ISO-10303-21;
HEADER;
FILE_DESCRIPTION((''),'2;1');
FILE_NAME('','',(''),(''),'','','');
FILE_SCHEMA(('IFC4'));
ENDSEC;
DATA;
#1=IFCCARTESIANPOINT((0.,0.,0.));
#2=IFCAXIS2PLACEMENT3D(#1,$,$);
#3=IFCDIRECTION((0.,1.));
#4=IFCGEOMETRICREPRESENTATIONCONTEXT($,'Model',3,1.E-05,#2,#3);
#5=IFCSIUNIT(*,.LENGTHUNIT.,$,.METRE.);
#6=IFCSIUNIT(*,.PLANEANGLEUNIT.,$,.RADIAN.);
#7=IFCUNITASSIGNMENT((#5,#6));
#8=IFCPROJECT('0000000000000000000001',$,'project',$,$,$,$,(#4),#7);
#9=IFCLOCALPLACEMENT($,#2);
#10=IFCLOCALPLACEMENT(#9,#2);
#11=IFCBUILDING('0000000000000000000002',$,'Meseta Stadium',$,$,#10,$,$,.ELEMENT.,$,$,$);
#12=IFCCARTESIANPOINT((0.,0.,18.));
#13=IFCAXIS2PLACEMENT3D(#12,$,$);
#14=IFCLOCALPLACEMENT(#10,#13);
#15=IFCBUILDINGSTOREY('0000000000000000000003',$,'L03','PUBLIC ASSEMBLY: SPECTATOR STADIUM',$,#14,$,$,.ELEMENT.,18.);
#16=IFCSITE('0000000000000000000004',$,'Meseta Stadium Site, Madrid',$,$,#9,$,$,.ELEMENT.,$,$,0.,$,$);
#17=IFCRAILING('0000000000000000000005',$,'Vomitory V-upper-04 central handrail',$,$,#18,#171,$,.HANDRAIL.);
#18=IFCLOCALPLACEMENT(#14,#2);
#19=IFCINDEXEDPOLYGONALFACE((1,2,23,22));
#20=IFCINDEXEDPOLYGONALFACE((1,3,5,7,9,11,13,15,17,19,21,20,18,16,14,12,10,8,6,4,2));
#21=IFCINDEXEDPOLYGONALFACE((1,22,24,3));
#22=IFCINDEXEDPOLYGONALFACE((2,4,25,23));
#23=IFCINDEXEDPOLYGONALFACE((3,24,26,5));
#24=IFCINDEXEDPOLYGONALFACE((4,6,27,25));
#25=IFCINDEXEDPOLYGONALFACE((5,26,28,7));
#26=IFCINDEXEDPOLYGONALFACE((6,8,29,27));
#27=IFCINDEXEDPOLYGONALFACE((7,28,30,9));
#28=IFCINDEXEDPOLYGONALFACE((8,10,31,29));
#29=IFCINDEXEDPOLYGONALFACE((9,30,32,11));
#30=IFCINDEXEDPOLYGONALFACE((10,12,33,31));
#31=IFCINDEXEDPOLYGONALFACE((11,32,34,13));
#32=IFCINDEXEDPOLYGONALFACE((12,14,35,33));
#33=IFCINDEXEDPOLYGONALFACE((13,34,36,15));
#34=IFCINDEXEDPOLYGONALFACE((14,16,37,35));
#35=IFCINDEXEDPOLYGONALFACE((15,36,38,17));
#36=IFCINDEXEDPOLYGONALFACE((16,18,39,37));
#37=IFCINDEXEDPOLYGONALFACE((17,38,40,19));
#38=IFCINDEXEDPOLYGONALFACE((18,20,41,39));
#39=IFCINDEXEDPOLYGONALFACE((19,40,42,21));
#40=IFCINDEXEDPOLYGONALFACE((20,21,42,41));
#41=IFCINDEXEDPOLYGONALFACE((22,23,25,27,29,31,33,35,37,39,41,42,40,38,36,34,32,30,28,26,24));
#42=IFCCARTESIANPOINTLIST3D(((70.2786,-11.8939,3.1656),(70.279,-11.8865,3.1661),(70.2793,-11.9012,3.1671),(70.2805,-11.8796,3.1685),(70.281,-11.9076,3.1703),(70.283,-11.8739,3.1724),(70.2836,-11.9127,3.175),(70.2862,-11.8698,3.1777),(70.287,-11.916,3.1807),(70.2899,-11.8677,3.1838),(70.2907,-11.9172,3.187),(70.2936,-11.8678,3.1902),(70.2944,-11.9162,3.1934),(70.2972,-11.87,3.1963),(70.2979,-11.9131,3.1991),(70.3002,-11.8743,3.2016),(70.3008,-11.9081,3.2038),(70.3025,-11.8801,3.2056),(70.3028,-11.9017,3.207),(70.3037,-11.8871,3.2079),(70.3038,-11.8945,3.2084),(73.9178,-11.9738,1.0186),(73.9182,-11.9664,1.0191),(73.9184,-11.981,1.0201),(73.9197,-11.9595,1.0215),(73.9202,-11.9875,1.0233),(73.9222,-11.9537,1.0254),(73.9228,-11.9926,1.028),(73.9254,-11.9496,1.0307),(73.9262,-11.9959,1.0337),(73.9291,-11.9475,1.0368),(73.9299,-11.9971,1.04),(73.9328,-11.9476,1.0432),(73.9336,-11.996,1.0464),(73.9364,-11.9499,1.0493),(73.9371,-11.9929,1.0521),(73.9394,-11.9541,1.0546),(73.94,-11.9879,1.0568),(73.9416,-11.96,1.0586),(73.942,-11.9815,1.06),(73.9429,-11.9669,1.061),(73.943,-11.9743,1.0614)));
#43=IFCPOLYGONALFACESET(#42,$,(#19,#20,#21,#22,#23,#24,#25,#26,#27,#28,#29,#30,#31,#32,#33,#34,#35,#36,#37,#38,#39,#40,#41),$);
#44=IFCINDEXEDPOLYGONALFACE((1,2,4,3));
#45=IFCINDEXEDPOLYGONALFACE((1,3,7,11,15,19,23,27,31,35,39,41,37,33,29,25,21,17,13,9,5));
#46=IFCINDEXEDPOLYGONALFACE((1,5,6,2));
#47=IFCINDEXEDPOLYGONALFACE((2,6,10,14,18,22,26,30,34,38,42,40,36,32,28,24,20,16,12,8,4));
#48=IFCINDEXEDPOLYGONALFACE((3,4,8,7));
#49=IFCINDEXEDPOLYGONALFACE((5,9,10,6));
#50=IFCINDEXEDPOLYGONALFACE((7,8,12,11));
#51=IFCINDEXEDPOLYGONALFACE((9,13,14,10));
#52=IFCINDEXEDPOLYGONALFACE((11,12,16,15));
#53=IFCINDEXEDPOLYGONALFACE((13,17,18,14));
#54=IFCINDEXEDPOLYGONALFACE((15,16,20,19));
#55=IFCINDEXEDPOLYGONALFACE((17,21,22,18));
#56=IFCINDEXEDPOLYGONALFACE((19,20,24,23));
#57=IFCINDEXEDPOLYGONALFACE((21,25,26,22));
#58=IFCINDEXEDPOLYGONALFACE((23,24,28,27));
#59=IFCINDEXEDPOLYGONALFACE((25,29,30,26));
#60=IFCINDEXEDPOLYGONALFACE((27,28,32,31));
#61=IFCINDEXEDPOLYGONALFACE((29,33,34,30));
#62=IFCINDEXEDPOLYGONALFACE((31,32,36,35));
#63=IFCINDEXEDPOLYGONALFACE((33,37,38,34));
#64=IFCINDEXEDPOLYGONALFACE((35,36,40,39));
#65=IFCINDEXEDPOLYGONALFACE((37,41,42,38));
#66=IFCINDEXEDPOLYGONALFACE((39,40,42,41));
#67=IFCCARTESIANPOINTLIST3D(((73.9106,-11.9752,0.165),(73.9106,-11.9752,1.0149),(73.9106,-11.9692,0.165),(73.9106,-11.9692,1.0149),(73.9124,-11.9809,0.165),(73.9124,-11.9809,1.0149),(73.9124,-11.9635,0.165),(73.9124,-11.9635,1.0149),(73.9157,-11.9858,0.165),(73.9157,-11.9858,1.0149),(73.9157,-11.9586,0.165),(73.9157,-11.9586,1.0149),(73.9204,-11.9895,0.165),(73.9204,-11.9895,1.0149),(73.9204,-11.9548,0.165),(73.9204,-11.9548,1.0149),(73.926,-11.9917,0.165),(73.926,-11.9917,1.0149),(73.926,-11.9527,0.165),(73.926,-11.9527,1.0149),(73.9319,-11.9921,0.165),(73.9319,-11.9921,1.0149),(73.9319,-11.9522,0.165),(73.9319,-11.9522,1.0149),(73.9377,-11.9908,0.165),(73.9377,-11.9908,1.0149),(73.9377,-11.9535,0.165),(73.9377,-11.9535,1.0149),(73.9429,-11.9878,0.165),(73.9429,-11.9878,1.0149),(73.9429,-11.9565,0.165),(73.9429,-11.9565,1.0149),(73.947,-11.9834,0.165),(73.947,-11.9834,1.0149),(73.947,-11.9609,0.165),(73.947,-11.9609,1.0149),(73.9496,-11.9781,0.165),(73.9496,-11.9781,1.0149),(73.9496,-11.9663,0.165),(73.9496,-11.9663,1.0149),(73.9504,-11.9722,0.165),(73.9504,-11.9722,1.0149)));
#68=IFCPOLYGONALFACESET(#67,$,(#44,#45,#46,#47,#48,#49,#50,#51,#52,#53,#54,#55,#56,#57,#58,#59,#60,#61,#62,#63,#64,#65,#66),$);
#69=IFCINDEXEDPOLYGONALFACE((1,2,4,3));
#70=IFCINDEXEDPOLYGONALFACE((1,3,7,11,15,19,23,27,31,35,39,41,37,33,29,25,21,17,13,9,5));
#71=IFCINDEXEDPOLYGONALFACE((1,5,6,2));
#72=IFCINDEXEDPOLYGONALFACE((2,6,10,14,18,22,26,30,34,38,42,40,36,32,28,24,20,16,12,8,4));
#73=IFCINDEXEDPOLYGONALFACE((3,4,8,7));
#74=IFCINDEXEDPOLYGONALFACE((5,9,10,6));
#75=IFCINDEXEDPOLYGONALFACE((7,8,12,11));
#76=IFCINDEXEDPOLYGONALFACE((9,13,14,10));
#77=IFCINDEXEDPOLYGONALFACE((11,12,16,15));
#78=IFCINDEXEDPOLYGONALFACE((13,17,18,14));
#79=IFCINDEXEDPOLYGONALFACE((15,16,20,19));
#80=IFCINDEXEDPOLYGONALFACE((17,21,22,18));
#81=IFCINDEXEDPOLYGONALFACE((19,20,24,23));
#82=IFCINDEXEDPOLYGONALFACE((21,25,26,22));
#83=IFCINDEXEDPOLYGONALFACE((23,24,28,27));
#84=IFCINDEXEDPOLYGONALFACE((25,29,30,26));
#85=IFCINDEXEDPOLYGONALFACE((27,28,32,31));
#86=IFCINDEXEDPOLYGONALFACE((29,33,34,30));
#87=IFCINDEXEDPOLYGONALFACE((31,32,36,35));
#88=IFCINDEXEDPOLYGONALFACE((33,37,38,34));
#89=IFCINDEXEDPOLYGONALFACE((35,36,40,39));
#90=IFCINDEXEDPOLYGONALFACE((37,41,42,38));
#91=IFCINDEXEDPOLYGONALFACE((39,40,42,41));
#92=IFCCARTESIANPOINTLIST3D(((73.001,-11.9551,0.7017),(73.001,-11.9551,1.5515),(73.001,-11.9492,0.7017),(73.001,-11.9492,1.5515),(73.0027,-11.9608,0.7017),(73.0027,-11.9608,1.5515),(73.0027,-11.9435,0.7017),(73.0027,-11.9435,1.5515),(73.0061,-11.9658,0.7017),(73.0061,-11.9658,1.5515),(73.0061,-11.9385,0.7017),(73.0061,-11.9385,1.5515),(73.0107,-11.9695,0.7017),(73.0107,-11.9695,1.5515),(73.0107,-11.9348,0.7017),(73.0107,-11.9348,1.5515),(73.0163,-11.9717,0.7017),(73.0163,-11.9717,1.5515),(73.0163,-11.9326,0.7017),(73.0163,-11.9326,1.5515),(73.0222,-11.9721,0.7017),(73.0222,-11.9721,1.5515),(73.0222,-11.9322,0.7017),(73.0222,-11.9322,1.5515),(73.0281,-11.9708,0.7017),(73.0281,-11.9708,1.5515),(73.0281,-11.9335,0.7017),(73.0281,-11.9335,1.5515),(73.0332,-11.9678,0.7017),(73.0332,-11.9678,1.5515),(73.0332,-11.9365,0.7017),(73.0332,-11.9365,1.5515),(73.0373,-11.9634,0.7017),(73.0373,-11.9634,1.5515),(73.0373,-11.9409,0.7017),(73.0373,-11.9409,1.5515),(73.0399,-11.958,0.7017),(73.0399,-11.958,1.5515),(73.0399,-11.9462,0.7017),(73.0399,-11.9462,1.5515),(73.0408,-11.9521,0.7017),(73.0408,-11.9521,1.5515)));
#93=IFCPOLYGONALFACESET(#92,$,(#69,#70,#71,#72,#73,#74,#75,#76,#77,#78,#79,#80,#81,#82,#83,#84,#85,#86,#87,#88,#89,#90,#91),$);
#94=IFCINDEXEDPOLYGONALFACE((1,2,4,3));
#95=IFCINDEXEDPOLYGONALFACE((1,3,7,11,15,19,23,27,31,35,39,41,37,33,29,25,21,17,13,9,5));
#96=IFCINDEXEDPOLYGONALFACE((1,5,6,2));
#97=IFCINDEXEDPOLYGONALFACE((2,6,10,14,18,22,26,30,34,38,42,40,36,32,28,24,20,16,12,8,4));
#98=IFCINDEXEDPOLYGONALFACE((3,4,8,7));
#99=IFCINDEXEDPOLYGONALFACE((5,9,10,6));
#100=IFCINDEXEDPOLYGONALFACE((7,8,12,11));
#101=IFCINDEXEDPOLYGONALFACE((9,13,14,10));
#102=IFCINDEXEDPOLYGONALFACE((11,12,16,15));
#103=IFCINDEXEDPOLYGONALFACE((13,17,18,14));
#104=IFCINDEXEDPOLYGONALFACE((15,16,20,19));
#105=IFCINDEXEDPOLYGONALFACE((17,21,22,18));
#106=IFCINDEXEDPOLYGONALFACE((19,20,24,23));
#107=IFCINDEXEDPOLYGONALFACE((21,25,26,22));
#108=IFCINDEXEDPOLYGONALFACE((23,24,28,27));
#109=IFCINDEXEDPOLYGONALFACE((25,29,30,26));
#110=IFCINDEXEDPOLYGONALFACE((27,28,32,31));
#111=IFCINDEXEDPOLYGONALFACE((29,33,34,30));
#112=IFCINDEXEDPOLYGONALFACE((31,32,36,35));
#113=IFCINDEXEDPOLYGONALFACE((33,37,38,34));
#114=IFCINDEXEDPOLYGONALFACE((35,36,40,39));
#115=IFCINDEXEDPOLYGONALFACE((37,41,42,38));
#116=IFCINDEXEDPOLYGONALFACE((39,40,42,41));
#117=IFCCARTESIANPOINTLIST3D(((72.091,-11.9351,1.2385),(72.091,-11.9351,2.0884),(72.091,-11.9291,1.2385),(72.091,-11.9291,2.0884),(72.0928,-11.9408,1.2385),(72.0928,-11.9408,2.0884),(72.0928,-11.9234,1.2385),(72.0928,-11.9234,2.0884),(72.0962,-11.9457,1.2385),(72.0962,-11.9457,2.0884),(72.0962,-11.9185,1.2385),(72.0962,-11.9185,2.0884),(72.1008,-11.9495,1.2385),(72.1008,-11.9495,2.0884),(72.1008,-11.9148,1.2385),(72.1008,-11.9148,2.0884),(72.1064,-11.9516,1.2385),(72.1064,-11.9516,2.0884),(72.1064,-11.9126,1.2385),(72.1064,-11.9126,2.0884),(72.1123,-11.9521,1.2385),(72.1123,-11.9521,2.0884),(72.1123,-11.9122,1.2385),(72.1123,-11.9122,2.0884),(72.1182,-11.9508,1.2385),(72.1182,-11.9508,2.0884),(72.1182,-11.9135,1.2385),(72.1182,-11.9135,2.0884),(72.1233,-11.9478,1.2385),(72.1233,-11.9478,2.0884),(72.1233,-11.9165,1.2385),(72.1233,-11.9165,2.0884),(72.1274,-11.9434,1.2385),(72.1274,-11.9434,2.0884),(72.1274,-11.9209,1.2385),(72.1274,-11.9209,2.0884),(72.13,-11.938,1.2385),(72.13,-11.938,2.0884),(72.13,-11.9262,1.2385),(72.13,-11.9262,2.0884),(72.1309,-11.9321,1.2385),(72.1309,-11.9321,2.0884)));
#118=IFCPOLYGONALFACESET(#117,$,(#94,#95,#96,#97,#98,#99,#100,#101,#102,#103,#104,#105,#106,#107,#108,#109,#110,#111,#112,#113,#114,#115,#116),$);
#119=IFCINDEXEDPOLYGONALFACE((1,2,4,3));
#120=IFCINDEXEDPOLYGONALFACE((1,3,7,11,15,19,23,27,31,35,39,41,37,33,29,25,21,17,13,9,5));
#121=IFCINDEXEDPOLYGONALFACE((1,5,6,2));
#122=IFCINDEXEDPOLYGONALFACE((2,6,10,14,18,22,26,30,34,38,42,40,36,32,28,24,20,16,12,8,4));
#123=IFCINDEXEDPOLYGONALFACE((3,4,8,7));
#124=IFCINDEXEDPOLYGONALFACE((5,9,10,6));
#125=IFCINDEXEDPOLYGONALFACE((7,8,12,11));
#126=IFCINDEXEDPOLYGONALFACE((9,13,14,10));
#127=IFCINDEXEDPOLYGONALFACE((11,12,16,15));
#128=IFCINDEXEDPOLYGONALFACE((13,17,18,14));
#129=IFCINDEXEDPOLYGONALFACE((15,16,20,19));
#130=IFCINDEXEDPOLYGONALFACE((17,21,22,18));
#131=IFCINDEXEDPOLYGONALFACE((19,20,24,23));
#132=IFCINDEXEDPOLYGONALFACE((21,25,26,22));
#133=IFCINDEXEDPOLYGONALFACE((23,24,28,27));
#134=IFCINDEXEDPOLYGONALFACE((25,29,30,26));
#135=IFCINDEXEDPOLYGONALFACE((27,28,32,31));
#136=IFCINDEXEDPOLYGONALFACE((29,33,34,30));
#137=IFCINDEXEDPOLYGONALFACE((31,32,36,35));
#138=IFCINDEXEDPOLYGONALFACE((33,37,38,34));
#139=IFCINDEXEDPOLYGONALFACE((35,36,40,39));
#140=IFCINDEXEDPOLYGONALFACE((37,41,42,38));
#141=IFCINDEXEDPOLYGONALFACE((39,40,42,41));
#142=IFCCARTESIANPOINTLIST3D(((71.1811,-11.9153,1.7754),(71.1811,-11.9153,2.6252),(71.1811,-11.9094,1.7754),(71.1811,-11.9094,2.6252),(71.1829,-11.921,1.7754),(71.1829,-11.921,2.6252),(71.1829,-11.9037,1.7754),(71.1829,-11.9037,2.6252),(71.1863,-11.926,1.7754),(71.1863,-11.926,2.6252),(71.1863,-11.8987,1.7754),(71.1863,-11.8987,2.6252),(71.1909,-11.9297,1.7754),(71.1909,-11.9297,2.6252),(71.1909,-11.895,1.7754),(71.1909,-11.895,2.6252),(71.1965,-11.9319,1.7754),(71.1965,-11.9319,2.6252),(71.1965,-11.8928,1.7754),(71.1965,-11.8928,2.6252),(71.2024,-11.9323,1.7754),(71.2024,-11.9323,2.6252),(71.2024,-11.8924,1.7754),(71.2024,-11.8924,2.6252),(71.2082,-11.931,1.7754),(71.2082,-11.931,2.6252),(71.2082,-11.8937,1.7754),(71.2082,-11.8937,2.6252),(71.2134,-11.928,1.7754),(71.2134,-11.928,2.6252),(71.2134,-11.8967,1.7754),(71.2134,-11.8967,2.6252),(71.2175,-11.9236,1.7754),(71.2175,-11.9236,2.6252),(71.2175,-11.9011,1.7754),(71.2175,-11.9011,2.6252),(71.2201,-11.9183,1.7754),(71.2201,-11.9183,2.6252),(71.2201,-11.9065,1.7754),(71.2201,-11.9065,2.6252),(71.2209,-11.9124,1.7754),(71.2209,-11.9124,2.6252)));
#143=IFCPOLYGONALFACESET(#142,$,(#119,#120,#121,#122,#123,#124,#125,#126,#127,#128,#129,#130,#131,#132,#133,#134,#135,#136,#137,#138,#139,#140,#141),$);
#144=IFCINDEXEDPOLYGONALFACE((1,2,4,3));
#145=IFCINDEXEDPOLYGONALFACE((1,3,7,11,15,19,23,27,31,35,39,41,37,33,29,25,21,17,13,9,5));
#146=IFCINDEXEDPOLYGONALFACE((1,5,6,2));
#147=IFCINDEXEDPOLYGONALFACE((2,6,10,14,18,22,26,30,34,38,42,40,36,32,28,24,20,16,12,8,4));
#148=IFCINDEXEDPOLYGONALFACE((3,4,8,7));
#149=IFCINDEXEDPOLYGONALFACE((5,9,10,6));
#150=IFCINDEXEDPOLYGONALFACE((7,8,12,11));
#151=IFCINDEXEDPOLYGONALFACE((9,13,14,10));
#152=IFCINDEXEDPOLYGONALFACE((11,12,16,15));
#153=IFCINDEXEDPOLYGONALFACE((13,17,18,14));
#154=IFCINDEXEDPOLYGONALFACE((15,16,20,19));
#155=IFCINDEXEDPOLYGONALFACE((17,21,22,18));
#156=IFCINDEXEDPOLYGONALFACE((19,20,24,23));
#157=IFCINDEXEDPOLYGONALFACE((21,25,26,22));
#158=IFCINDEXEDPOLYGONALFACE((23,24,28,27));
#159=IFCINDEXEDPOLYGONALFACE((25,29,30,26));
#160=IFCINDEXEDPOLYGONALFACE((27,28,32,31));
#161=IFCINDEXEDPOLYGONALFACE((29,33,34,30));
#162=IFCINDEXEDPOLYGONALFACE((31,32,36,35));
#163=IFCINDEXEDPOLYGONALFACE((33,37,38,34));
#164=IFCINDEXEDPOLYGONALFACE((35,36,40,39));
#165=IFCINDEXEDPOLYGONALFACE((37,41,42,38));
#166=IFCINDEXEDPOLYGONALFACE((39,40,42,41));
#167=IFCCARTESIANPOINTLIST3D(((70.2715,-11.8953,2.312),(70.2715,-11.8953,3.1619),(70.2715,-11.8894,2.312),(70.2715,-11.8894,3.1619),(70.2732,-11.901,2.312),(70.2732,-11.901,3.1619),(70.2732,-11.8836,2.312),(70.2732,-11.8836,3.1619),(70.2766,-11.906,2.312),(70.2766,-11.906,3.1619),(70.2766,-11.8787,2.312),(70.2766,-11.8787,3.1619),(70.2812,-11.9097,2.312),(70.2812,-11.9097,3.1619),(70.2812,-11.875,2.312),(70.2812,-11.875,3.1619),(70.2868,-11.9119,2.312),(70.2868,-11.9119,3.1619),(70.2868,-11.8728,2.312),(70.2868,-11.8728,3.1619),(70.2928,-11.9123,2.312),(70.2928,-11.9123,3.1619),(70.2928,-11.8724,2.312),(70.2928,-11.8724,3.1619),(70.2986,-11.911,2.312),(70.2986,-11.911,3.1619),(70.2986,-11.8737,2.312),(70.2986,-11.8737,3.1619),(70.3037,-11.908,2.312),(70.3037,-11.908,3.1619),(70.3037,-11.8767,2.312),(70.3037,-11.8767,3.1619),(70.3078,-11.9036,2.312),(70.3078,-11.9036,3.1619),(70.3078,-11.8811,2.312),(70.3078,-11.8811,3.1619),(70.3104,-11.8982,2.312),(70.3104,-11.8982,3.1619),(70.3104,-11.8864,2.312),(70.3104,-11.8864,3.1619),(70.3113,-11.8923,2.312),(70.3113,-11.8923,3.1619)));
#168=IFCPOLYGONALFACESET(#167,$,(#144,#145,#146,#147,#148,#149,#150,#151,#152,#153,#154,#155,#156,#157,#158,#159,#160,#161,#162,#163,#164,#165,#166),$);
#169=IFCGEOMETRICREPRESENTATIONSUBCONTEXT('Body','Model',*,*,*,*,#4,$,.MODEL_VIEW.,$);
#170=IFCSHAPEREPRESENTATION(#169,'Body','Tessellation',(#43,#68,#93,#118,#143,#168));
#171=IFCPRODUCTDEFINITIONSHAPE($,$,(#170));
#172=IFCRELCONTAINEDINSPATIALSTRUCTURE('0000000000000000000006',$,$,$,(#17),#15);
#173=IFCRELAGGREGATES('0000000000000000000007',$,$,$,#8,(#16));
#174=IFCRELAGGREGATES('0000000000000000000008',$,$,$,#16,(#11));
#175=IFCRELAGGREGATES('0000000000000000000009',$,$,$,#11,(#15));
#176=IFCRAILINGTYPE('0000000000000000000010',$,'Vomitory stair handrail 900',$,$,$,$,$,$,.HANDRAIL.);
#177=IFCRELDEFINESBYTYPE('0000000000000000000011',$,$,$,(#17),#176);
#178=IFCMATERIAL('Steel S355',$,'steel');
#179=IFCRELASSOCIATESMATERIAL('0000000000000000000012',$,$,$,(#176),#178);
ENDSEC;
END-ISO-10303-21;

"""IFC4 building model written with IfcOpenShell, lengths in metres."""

from ifc_helpers import new_model, si_unit, direction, frame, origin, origin_2d, place, context, subcontext, project, spatial, circle, extrude, material, type_object, element, save


model = new_model("IFC4")

# Units and contexts
model_context = context("Model", 3, precision=1e-05, world=origin(), true_north=direction((0.0, 1.0)))
body_context = subcontext(model_context, "Body", "Model", "MODEL_VIEW")
ifc_project = project(units=[si_unit("LENGTHUNIT", "METRE"), si_unit("PLANEANGLEUNIT", "RADIAN")], contexts=[model_context])

# Site, building, storey
site_placement = place(None, origin())
site = spatial("IfcSite", under=ifc_project, at=site_placement, Name="Meseta Stadium Site, Madrid", CompositionType="ELEMENT", RefElevation=0.0)
building_placement = place(site_placement, origin())
building = spatial("IfcBuilding", under=site, at=building_placement, Name="Meseta Stadium", CompositionType="ELEMENT")
storey_placement = place(building_placement, frame((0.0, 0.0, 18.0)))
storey = spatial("IfcBuildingStorey", under=building, at=storey_placement, Name="L03", Description="PUBLIC ASSEMBLY: SPECTATOR STADIUM", CompositionType="ELEMENT", Elevation=18.0)

# Railing
ifc_material_1 = material(Name="Steel S355", Category="steel")
railing_type_1 = type_object("IfcRailingType", Name="Vomitory stair handrail 900", PredefinedType="HANDRAIL", material=ifc_material_1)
railing_1_placement = place(storey_placement, frame((73.9304, -11.9722, 0.165)))
element("IfcRailing", 1, at=railing_1_placement, inside=storey, type_object=railing_type_1, Name="Vomitory V-upper-04 central handrail", PredefinedType="HANDRAIL", context=body_context, shape_type="SweptSolid", body=[
    extrude(circle(Radius=0.0249, at=origin_2d()), frame((0.0, 0.0, 0.875), z_axis=(-0.861129, 0.018891, 0.508035), x_axis=(-0.021932, -0.999759, 0.0)), (0.0, 0.0, 1.0), 4.2261),
    extrude(circle(Radius=0.02, at=origin_2d()), origin(), (0.0, 0.0, 1.0), 0.8499),
    extrude(circle(Radius=0.02, at=origin_2d()), frame((-0.9097, 0.02, 0.5366)), (0.0, 0.0, 1.0), 0.8499),
    extrude(circle(Radius=0.02, at=origin_2d()), frame((-1.8196, 0.04, 1.0735)), (0.0, 0.0, 1.0), 0.8499),
    extrude(circle(Radius=0.02, at=origin_2d()), frame((-2.7295, 0.0598, 1.6104)), (0.0, 0.0, 1.0), 0.8499),
    extrude(circle(Radius=0.02, at=origin_2d()), frame((-3.6392, 0.0798, 2.147)), (0.0, 0.0, 1.0), 0.8499),
])

save(model, "model.ifc")
